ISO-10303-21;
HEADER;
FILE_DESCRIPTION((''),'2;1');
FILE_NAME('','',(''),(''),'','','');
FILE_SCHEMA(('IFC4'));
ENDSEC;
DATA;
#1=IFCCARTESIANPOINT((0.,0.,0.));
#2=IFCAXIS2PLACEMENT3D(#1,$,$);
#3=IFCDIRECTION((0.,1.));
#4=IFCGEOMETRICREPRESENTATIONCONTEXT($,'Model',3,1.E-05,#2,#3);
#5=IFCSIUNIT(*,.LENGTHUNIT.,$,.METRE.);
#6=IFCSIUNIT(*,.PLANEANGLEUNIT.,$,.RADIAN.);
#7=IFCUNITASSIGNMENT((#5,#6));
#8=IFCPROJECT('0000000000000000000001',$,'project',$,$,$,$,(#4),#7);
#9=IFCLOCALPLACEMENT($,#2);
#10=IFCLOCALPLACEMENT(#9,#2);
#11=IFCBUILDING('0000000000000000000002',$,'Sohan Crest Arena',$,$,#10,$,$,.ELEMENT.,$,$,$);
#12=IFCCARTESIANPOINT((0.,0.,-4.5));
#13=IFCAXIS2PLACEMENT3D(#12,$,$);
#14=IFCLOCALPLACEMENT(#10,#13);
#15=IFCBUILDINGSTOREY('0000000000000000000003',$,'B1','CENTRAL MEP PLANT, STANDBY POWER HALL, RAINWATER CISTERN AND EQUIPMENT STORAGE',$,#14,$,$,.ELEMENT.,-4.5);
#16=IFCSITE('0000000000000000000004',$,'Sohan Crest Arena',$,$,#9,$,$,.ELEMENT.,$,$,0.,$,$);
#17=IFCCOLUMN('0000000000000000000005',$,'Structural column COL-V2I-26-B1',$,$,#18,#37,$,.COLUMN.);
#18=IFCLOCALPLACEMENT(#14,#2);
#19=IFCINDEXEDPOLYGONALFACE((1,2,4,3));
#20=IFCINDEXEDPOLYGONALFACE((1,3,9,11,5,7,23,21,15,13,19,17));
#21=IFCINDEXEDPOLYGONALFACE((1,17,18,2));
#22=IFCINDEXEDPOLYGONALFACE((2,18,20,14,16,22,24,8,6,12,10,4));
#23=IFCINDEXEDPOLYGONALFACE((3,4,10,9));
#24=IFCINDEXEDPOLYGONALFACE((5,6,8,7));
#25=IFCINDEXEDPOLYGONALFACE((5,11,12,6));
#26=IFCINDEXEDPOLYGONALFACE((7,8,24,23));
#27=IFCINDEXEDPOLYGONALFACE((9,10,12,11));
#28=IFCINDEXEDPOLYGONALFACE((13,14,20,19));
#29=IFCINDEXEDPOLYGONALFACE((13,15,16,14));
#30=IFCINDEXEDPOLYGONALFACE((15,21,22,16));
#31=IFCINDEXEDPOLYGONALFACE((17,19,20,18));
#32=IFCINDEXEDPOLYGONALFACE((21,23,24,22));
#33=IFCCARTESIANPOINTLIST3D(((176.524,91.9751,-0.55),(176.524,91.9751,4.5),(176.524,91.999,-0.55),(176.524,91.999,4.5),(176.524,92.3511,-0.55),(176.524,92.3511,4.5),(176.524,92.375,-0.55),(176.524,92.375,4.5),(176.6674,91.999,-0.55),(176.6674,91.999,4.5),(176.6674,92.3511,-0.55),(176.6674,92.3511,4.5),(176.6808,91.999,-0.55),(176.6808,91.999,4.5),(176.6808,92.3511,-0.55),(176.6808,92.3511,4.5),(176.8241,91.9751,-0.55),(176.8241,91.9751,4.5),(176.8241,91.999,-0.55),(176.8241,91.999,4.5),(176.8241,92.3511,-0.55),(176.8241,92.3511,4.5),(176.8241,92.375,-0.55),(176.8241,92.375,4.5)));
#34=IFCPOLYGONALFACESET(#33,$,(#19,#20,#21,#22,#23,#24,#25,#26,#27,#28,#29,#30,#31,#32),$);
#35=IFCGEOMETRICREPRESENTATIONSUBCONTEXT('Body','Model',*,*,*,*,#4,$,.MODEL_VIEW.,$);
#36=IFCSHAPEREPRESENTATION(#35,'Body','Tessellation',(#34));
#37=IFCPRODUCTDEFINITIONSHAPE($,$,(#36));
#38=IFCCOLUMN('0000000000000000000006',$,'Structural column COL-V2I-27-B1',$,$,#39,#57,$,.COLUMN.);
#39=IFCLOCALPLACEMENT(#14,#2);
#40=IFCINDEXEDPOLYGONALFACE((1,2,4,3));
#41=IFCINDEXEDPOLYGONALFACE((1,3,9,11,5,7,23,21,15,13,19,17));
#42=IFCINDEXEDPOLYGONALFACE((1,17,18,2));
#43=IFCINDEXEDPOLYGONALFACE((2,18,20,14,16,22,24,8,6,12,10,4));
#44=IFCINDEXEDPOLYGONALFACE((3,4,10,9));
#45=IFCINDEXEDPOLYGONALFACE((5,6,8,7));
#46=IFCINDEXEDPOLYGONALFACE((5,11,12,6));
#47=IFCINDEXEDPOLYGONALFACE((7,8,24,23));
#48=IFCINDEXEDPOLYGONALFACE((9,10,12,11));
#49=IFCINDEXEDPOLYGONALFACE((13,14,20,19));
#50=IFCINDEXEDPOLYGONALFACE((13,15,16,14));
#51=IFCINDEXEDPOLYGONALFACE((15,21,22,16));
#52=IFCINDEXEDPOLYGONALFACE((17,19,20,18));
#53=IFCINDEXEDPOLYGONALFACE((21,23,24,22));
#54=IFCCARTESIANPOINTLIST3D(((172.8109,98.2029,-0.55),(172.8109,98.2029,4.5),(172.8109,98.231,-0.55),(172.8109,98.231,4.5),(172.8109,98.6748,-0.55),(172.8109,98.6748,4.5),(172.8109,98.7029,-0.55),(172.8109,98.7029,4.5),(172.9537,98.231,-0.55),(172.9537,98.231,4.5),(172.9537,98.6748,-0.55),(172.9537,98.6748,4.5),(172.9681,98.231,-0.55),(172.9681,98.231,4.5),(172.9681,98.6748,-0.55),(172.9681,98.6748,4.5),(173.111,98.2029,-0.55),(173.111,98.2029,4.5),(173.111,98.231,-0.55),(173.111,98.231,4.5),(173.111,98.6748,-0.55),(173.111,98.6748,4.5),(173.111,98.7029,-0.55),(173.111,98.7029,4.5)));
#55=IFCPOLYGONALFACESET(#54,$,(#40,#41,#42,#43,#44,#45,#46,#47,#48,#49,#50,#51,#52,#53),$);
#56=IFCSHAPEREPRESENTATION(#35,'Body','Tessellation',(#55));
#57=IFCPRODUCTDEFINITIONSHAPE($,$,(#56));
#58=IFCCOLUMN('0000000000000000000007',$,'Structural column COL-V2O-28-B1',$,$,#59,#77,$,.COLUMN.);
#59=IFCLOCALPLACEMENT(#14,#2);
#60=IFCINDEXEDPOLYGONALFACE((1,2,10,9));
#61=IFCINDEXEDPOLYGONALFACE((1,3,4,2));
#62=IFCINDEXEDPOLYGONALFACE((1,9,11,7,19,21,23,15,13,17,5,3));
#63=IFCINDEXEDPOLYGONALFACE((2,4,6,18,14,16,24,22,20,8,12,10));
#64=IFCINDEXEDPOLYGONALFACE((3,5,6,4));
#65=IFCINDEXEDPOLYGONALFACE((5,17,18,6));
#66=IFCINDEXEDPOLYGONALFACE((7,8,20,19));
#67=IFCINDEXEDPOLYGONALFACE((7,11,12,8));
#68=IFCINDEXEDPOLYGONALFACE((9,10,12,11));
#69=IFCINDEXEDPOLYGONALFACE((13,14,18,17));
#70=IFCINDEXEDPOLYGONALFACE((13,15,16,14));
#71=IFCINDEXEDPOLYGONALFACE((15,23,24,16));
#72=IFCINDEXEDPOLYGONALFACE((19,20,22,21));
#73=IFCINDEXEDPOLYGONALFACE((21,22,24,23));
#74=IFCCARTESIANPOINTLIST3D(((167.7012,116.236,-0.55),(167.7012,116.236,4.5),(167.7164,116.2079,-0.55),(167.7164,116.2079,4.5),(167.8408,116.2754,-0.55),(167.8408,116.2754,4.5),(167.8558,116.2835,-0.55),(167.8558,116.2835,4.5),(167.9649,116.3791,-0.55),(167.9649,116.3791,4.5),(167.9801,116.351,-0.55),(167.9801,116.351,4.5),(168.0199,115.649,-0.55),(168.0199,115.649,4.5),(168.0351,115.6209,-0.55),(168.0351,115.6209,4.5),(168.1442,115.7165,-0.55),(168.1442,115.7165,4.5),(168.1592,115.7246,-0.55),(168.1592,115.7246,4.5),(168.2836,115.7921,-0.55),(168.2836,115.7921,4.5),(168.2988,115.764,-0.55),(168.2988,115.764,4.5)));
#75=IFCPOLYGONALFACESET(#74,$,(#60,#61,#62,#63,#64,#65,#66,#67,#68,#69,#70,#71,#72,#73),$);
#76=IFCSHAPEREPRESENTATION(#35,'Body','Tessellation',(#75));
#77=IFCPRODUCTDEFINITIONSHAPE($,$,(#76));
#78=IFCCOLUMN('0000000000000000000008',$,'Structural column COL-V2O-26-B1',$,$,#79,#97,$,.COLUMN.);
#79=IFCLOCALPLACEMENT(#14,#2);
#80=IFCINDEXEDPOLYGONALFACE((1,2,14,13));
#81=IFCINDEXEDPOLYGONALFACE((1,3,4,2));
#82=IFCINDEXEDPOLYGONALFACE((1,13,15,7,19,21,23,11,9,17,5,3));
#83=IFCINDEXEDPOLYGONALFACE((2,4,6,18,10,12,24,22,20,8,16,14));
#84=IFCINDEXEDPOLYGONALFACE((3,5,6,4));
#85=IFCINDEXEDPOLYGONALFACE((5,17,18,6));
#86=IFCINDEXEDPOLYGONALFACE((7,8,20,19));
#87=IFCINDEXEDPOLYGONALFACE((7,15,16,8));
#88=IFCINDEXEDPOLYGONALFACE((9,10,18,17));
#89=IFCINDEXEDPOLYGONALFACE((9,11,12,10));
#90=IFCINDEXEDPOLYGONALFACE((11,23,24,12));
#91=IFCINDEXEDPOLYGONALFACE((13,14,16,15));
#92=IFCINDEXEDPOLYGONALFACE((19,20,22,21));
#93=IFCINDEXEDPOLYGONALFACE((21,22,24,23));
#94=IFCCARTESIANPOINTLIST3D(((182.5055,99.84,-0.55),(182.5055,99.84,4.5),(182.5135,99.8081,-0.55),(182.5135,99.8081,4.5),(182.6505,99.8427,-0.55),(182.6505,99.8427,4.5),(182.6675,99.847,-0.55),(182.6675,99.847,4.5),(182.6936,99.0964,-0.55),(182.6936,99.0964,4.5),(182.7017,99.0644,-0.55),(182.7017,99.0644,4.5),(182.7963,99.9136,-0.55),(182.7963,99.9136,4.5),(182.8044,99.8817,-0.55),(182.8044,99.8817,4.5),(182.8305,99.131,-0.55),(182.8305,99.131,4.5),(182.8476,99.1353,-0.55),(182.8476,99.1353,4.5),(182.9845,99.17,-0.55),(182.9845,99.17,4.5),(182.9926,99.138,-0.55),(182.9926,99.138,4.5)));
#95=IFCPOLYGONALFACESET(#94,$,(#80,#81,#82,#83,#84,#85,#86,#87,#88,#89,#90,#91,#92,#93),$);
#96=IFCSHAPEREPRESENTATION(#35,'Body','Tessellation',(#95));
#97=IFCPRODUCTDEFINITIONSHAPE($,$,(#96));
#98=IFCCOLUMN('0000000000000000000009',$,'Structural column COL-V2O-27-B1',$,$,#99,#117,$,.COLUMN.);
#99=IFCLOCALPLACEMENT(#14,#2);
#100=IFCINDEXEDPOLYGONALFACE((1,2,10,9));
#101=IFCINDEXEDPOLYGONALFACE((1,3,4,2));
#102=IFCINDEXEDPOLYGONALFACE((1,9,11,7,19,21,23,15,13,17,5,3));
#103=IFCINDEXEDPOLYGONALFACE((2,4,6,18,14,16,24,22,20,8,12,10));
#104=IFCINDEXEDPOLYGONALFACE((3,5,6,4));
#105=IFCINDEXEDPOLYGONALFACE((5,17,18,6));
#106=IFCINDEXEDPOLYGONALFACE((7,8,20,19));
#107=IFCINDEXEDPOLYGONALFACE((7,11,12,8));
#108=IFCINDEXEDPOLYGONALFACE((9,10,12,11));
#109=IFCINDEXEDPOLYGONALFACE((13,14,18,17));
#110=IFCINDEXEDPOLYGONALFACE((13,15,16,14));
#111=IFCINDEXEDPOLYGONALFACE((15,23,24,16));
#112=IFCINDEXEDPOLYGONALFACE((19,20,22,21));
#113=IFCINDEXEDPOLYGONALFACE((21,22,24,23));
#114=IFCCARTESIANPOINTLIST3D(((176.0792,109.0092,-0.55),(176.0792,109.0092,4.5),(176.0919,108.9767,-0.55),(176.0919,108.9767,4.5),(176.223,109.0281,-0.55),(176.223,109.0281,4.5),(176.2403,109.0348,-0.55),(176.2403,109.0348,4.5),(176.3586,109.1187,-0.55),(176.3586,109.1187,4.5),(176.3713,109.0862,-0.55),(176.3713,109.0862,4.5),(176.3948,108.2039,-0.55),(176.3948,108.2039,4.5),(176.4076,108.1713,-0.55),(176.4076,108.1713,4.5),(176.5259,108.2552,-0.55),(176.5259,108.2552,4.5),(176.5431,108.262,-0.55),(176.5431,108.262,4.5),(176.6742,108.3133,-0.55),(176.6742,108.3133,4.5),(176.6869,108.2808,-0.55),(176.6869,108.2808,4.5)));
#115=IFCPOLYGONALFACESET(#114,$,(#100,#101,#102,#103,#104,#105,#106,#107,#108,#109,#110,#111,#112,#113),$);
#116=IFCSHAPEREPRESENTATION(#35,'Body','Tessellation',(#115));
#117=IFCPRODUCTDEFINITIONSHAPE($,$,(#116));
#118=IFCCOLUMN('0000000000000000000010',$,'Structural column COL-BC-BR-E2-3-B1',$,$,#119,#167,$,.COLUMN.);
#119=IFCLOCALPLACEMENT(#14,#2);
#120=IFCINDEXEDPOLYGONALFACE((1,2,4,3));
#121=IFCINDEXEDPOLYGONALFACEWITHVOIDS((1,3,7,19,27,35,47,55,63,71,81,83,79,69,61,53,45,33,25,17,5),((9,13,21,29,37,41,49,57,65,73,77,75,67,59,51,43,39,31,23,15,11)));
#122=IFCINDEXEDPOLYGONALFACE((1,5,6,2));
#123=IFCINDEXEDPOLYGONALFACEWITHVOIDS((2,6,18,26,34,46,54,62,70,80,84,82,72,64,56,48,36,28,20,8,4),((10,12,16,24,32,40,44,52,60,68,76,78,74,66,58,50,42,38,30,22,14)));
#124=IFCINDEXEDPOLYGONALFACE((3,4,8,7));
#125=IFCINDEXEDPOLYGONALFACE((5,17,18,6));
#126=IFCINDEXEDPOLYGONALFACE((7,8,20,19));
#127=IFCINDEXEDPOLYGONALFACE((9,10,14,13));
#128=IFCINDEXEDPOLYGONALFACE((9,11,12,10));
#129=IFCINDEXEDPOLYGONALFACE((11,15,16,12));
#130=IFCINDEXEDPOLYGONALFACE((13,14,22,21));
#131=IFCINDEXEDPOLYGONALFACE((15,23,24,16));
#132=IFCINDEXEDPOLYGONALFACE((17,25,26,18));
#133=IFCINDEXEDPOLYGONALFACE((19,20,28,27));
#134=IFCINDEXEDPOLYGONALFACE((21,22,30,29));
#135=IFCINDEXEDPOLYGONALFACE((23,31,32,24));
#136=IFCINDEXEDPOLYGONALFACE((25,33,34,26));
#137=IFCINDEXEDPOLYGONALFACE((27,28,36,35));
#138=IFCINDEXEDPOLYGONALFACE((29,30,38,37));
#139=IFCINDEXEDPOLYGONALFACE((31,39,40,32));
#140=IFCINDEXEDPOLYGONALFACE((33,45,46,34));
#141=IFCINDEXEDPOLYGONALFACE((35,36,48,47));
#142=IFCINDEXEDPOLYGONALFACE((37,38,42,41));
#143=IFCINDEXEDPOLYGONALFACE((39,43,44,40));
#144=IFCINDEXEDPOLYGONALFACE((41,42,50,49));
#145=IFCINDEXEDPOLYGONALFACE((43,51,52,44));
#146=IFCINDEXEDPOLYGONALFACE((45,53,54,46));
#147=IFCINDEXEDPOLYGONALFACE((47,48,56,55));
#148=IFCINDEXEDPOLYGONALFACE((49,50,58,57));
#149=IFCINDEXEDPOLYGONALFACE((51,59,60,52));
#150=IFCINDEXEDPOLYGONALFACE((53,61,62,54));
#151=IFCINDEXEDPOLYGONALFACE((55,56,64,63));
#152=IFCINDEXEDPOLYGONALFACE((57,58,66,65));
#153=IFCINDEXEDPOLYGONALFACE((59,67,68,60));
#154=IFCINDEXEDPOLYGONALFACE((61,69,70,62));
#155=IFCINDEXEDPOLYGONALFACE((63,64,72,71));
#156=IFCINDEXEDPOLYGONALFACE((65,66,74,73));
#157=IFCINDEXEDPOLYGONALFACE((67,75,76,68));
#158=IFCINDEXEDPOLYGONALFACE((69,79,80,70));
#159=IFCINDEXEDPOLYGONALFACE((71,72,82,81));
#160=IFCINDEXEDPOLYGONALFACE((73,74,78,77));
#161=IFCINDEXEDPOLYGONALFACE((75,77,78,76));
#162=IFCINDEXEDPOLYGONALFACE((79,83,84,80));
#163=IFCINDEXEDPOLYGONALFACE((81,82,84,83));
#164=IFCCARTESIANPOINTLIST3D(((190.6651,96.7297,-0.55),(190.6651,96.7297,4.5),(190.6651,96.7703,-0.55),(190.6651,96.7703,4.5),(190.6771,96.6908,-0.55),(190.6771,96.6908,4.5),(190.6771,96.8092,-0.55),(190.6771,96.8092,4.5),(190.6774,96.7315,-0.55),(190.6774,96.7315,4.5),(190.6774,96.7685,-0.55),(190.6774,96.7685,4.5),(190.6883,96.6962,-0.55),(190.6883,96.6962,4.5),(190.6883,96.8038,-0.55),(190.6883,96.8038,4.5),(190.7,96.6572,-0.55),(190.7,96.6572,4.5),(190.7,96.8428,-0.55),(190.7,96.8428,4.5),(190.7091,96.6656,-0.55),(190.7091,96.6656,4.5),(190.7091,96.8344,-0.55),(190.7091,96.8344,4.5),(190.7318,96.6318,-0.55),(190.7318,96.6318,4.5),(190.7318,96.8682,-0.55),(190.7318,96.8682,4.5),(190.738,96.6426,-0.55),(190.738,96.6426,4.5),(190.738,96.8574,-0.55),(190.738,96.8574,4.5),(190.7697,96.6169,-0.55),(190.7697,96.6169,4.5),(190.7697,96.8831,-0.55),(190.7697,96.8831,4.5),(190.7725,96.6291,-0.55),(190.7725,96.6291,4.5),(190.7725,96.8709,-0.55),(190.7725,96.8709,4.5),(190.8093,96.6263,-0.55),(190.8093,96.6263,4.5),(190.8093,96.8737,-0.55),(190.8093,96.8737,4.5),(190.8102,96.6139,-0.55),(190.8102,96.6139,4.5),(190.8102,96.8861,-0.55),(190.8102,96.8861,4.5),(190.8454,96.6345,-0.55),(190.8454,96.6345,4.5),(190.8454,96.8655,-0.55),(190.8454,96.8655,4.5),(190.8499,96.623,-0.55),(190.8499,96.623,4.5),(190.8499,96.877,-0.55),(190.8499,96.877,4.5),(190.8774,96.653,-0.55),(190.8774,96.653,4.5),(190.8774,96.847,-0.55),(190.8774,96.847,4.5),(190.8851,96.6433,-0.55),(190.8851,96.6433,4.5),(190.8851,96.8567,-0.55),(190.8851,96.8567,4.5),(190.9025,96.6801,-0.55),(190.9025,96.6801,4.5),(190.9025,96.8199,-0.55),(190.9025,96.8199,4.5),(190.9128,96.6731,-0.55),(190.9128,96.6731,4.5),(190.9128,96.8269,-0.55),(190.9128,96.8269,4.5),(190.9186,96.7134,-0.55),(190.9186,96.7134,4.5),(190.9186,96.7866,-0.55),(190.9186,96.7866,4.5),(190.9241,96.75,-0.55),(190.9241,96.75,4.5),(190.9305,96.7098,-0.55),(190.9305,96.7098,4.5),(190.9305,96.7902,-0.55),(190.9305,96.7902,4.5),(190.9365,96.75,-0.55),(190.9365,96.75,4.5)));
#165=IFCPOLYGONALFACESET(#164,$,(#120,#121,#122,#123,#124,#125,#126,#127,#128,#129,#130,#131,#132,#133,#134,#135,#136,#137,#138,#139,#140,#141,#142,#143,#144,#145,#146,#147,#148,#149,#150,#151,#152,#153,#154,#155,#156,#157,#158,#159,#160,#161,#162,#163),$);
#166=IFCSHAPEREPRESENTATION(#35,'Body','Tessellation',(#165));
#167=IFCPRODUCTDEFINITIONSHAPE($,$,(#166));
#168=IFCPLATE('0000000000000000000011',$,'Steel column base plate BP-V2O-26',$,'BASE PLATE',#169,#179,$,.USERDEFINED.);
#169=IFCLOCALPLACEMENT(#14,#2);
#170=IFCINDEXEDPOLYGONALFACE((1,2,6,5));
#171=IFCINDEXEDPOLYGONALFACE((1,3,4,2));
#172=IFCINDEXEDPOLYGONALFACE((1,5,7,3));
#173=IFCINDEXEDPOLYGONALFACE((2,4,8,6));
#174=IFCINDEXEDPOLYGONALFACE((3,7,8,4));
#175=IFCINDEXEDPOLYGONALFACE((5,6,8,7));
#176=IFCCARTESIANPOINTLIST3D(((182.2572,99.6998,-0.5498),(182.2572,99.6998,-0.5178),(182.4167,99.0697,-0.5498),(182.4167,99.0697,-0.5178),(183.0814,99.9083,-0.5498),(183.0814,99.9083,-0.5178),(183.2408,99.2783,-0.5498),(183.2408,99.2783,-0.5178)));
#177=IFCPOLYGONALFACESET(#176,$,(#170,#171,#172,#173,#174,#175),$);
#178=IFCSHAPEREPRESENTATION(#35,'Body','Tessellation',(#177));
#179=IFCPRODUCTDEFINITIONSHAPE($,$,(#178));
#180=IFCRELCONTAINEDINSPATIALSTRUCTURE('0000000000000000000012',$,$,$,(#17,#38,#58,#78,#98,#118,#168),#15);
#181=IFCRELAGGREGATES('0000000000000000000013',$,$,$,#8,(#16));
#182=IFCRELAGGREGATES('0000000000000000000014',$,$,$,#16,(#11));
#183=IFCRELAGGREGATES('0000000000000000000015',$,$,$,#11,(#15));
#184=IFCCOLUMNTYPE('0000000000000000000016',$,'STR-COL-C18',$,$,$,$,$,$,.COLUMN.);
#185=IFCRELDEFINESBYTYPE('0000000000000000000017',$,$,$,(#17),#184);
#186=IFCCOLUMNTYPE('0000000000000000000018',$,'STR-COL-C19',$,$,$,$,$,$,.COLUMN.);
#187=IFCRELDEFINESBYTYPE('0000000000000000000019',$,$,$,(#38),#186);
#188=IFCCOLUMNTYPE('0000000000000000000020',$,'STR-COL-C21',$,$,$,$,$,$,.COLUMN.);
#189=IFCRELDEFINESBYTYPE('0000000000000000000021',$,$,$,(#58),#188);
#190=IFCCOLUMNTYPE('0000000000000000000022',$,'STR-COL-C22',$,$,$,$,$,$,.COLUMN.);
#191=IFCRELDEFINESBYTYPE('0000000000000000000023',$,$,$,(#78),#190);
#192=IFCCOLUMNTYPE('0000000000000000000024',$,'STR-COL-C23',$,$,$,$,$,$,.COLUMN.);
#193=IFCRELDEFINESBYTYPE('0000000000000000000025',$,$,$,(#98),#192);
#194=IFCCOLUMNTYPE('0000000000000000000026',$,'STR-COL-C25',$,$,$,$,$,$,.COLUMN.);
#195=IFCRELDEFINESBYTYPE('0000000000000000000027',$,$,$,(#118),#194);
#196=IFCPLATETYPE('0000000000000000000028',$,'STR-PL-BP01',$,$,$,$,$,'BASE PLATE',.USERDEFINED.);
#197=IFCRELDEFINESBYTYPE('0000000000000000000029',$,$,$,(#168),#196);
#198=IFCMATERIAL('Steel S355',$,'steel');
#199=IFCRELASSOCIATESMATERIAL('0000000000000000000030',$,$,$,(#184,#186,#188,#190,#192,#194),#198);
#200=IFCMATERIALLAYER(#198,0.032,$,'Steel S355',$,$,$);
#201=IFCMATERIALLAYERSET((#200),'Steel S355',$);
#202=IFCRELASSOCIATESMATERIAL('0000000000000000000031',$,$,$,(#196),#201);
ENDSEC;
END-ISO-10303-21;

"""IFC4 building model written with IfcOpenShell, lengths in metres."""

from ifc_helpers import new_model, si_unit, direction, frame, origin, origin_2d, place, context, subcontext, project, spatial, rectangle, hollow_circle, i_section, extrude, material, layer, layer_set, material_profile, profile_set, type_object, element, save


model = new_model("IFC4")

# Units and contexts
model_context = context("Model", 3, precision=1e-05, world=origin(), true_north=direction((0.0, 1.0)))
body_context = subcontext(model_context, "Body", "Model", "MODEL_VIEW")
ifc_project = project(units=[si_unit("LENGTHUNIT", "METRE"), si_unit("PLANEANGLEUNIT", "RADIAN")], contexts=[model_context])

# Site, building, storey
site_placement = place(None, origin())
site = spatial("IfcSite", under=ifc_project, at=site_placement, Name="Sohan Crest Arena", CompositionType="ELEMENT", RefElevation=0.0)
building_placement = place(site_placement, origin())
building = spatial("IfcBuilding", under=site, at=building_placement, Name="Sohan Crest Arena", CompositionType="ELEMENT")
storey_placement = place(building_placement, frame((0.0, 0.0, -4.5)))
storey = spatial("IfcBuildingStorey", under=building, at=storey_placement, Name="B1", Description="CENTRAL MEP PLANT, STANDBY POWER HALL, RAINWATER CISTERN AND EQUIPMENT STORAGE", CompositionType="ELEMENT", Elevation=-4.5)

# Columns
ifc_material_1 = material(Name="Steel S355", Category="steel")
ifc_material_profile_1 = material_profile(ifc_material_1, i_section(OverallWidth=0.3, OverallDepth=0.3999, WebThickness=0.0134, FlangeThickness=0.0239, at=origin_2d()), Name="HEB 400")
ifc_profile_set_1 = profile_set([ifc_material_profile_1], Name="Steel S355")
column_type_1 = type_object("IfcColumnType", Name="STR-COL-C18", PredefinedType="COLUMN", material=ifc_profile_set_1)
column_1_placement = place(storey_placement, frame((176.6741, 92.175, -0.55), z_axis=(0.0, 0.0, 1.0), x_axis=(1.0, 0.0, 0.0)))
element("IfcColumn", 1, at=column_1_placement, inside=storey, type_object=column_type_1, Name="Structural column COL-V2I-26-B1", PredefinedType="COLUMN", context=body_context, shape_type="SweptSolid", body=[
    extrude(i_section(OverallWidth=0.3, OverallDepth=0.3999, WebThickness=0.0134, FlangeThickness=0.0239, at=origin_2d()), origin(), (0.0, 0.0, 1.0), 5.05),
])
ifc_material_profile_2 = material_profile(ifc_material_1, i_section(OverallWidth=0.3, OverallDepth=0.5, WebThickness=0.0144, FlangeThickness=0.0281, at=origin_2d()), Name="HEB 500")
ifc_profile_set_2 = profile_set([ifc_material_profile_2], Name="Steel S355")
column_type_2 = type_object("IfcColumnType", Name="STR-COL-C19", PredefinedType="COLUMN", material=ifc_profile_set_2)
column_2_placement = place(storey_placement, frame((172.9609, 98.4529, -0.55), z_axis=(0.0, 0.0, 1.0), x_axis=(1.0, 0.0, 0.0)))
element("IfcColumn", 2, at=column_2_placement, inside=storey, type_object=column_type_2, Name="Structural column COL-V2I-27-B1", PredefinedType="COLUMN", context=body_context, shape_type="SweptSolid", body=[
    extrude(i_section(OverallWidth=0.3, OverallDepth=0.5, WebThickness=0.0144, FlangeThickness=0.0281, at=origin_2d()), origin(), (0.0, 0.0, 1.0), 5.05),
])
ifc_material_profile_3 = material_profile(ifc_material_1, i_section(OverallWidth=0.3, OverallDepth=0.7, WebThickness=0.0171, FlangeThickness=0.032, at=origin_2d()), Name="HEB 700")
ifc_profile_set_3 = profile_set([ifc_material_profile_3], Name="Steel S355")
column_type_3 = type_object("IfcColumnType", Name="STR-COL-C21", PredefinedType="COLUMN", material=ifc_profile_set_3)
column_3_placement = place(storey_placement, frame((168.0, 116.0, -0.55), z_axis=(0.0, 0.0, 1.0), x_axis=(0.878817, 0.477159, 0.0)))
element("IfcColumn", 3, at=column_3_placement, inside=storey, type_object=column_type_3, Name="Structural column COL-V2O-28-B1", PredefinedType="COLUMN", context=body_context, shape_type="SweptSolid", body=[
    extrude(i_section(OverallWidth=0.3, OverallDepth=0.7, WebThickness=0.0171, FlangeThickness=0.032, at=origin_2d()), origin(), (0.0, 0.0, 1.0), 5.05),
])
ifc_material_profile_4 = material_profile(ifc_material_1, i_section(OverallWidth=0.3, OverallDepth=0.8, WebThickness=0.0176, FlangeThickness=0.033, at=origin_2d()), Name="HEB 800")
ifc_profile_set_4 = profile_set([ifc_material_profile_4], Name="Steel S355")
column_type_4 = type_object("IfcColumnType", Name="STR-COL-C22", PredefinedType="COLUMN", material=ifc_profile_set_4)
column_4_placement = place(storey_placement, frame((182.749, 99.489, -0.55), z_axis=(0.0, 0.0, 1.0), x_axis=(0.969445, 0.245307, 0.0)))
element("IfcColumn", 4, at=column_4_placement, inside=storey, type_object=column_type_4, Name="Structural column COL-V2O-26-B1", PredefinedType="COLUMN", context=body_context, shape_type="SweptSolid", body=[
    extrude(i_section(OverallWidth=0.3, OverallDepth=0.8, WebThickness=0.0176, FlangeThickness=0.033, at=origin_2d()), origin(), (0.0, 0.0, 1.0), 5.05),
])
ifc_material_profile_5 = material_profile(ifc_material_1, i_section(OverallWidth=0.3, OverallDepth=0.8999, WebThickness=0.0186, FlangeThickness=0.0349, at=origin_2d()), Name="HEB 900")
ifc_profile_set_5 = profile_set([ifc_material_profile_5], Name="Steel S355")
column_type_5 = type_object("IfcColumnType", Name="STR-COL-C23", PredefinedType="COLUMN", material=ifc_profile_set_5)
column_5_placement = place(storey_placement, frame((176.3831, 108.645, -0.55), z_axis=(0.0, 0.0, 1.0), x_axis=(0.931056, 0.364877, 0.0)))
element("IfcColumn", 5, at=column_5_placement, inside=storey, type_object=column_type_5, Name="Structural column COL-V2O-27-B1", PredefinedType="COLUMN", context=body_context, shape_type="SweptSolid", body=[
    extrude(i_section(OverallWidth=0.3, OverallDepth=0.8999, WebThickness=0.0186, FlangeThickness=0.0349, at=origin_2d()), origin(), (0.0, 0.0, 1.0), 5.05),
])
ifc_material_profile_6 = material_profile(ifc_material_1, hollow_circle(Radius=0.1365, WallThickness=0.0125, at=origin_2d()), Name="CHS 273x12.5")
ifc_profile_set_6 = profile_set([ifc_material_profile_6], Name="Steel S355")
column_type_6 = type_object("IfcColumnType", Name="STR-COL-C25", PredefinedType="COLUMN", material=ifc_profile_set_6)
column_6_placement = place(storey_placement, frame((190.8, 96.75, -0.55), z_axis=(0.0, 0.0, 1.0), x_axis=(1.0, 0.0, 0.0)))
element("IfcColumn", 6, at=column_6_placement, inside=storey, type_object=column_type_6, Name="Structural column COL-BC-BR-E2-3-B1", PredefinedType="COLUMN", context=body_context, shape_type="SweptSolid", body=[
    extrude(hollow_circle(Radius=0.1365, WallThickness=0.0125, at=origin_2d()), origin(), (0.0, 0.0, 1.0), 5.05),
])

# Plate
ifc_layer_1 = layer(ifc_material_1, 0.032, Name="Steel S355")
ifc_layer_set_1 = layer_set([ifc_layer_1], Name="Steel S355")
plate_type_1 = type_object("IfcPlateType", Name="STR-PL-BP01", ElementType="BASE PLATE", PredefinedType="USERDEFINED", material=ifc_layer_set_1)
plate_1_placement = place(storey_placement, frame((182.749, 99.489, -0.5498), z_axis=(0.0, 0.0, 1.0), x_axis=(0.969445, 0.245307, 0.0)))
element("IfcPlate", 7, at=plate_1_placement, inside=storey, type_object=plate_type_1, Name="Steel column base plate BP-V2O-26", ObjectType="BASE PLATE", PredefinedType="USERDEFINED", context=body_context, shape_type="SweptSolid", body=[
    extrude(rectangle(XDim=0.8501, YDim=0.6499, at=origin_2d()), origin(), (0.0, 0.0, 1.0), 0.032),
])

save(model, "model.ifc")
